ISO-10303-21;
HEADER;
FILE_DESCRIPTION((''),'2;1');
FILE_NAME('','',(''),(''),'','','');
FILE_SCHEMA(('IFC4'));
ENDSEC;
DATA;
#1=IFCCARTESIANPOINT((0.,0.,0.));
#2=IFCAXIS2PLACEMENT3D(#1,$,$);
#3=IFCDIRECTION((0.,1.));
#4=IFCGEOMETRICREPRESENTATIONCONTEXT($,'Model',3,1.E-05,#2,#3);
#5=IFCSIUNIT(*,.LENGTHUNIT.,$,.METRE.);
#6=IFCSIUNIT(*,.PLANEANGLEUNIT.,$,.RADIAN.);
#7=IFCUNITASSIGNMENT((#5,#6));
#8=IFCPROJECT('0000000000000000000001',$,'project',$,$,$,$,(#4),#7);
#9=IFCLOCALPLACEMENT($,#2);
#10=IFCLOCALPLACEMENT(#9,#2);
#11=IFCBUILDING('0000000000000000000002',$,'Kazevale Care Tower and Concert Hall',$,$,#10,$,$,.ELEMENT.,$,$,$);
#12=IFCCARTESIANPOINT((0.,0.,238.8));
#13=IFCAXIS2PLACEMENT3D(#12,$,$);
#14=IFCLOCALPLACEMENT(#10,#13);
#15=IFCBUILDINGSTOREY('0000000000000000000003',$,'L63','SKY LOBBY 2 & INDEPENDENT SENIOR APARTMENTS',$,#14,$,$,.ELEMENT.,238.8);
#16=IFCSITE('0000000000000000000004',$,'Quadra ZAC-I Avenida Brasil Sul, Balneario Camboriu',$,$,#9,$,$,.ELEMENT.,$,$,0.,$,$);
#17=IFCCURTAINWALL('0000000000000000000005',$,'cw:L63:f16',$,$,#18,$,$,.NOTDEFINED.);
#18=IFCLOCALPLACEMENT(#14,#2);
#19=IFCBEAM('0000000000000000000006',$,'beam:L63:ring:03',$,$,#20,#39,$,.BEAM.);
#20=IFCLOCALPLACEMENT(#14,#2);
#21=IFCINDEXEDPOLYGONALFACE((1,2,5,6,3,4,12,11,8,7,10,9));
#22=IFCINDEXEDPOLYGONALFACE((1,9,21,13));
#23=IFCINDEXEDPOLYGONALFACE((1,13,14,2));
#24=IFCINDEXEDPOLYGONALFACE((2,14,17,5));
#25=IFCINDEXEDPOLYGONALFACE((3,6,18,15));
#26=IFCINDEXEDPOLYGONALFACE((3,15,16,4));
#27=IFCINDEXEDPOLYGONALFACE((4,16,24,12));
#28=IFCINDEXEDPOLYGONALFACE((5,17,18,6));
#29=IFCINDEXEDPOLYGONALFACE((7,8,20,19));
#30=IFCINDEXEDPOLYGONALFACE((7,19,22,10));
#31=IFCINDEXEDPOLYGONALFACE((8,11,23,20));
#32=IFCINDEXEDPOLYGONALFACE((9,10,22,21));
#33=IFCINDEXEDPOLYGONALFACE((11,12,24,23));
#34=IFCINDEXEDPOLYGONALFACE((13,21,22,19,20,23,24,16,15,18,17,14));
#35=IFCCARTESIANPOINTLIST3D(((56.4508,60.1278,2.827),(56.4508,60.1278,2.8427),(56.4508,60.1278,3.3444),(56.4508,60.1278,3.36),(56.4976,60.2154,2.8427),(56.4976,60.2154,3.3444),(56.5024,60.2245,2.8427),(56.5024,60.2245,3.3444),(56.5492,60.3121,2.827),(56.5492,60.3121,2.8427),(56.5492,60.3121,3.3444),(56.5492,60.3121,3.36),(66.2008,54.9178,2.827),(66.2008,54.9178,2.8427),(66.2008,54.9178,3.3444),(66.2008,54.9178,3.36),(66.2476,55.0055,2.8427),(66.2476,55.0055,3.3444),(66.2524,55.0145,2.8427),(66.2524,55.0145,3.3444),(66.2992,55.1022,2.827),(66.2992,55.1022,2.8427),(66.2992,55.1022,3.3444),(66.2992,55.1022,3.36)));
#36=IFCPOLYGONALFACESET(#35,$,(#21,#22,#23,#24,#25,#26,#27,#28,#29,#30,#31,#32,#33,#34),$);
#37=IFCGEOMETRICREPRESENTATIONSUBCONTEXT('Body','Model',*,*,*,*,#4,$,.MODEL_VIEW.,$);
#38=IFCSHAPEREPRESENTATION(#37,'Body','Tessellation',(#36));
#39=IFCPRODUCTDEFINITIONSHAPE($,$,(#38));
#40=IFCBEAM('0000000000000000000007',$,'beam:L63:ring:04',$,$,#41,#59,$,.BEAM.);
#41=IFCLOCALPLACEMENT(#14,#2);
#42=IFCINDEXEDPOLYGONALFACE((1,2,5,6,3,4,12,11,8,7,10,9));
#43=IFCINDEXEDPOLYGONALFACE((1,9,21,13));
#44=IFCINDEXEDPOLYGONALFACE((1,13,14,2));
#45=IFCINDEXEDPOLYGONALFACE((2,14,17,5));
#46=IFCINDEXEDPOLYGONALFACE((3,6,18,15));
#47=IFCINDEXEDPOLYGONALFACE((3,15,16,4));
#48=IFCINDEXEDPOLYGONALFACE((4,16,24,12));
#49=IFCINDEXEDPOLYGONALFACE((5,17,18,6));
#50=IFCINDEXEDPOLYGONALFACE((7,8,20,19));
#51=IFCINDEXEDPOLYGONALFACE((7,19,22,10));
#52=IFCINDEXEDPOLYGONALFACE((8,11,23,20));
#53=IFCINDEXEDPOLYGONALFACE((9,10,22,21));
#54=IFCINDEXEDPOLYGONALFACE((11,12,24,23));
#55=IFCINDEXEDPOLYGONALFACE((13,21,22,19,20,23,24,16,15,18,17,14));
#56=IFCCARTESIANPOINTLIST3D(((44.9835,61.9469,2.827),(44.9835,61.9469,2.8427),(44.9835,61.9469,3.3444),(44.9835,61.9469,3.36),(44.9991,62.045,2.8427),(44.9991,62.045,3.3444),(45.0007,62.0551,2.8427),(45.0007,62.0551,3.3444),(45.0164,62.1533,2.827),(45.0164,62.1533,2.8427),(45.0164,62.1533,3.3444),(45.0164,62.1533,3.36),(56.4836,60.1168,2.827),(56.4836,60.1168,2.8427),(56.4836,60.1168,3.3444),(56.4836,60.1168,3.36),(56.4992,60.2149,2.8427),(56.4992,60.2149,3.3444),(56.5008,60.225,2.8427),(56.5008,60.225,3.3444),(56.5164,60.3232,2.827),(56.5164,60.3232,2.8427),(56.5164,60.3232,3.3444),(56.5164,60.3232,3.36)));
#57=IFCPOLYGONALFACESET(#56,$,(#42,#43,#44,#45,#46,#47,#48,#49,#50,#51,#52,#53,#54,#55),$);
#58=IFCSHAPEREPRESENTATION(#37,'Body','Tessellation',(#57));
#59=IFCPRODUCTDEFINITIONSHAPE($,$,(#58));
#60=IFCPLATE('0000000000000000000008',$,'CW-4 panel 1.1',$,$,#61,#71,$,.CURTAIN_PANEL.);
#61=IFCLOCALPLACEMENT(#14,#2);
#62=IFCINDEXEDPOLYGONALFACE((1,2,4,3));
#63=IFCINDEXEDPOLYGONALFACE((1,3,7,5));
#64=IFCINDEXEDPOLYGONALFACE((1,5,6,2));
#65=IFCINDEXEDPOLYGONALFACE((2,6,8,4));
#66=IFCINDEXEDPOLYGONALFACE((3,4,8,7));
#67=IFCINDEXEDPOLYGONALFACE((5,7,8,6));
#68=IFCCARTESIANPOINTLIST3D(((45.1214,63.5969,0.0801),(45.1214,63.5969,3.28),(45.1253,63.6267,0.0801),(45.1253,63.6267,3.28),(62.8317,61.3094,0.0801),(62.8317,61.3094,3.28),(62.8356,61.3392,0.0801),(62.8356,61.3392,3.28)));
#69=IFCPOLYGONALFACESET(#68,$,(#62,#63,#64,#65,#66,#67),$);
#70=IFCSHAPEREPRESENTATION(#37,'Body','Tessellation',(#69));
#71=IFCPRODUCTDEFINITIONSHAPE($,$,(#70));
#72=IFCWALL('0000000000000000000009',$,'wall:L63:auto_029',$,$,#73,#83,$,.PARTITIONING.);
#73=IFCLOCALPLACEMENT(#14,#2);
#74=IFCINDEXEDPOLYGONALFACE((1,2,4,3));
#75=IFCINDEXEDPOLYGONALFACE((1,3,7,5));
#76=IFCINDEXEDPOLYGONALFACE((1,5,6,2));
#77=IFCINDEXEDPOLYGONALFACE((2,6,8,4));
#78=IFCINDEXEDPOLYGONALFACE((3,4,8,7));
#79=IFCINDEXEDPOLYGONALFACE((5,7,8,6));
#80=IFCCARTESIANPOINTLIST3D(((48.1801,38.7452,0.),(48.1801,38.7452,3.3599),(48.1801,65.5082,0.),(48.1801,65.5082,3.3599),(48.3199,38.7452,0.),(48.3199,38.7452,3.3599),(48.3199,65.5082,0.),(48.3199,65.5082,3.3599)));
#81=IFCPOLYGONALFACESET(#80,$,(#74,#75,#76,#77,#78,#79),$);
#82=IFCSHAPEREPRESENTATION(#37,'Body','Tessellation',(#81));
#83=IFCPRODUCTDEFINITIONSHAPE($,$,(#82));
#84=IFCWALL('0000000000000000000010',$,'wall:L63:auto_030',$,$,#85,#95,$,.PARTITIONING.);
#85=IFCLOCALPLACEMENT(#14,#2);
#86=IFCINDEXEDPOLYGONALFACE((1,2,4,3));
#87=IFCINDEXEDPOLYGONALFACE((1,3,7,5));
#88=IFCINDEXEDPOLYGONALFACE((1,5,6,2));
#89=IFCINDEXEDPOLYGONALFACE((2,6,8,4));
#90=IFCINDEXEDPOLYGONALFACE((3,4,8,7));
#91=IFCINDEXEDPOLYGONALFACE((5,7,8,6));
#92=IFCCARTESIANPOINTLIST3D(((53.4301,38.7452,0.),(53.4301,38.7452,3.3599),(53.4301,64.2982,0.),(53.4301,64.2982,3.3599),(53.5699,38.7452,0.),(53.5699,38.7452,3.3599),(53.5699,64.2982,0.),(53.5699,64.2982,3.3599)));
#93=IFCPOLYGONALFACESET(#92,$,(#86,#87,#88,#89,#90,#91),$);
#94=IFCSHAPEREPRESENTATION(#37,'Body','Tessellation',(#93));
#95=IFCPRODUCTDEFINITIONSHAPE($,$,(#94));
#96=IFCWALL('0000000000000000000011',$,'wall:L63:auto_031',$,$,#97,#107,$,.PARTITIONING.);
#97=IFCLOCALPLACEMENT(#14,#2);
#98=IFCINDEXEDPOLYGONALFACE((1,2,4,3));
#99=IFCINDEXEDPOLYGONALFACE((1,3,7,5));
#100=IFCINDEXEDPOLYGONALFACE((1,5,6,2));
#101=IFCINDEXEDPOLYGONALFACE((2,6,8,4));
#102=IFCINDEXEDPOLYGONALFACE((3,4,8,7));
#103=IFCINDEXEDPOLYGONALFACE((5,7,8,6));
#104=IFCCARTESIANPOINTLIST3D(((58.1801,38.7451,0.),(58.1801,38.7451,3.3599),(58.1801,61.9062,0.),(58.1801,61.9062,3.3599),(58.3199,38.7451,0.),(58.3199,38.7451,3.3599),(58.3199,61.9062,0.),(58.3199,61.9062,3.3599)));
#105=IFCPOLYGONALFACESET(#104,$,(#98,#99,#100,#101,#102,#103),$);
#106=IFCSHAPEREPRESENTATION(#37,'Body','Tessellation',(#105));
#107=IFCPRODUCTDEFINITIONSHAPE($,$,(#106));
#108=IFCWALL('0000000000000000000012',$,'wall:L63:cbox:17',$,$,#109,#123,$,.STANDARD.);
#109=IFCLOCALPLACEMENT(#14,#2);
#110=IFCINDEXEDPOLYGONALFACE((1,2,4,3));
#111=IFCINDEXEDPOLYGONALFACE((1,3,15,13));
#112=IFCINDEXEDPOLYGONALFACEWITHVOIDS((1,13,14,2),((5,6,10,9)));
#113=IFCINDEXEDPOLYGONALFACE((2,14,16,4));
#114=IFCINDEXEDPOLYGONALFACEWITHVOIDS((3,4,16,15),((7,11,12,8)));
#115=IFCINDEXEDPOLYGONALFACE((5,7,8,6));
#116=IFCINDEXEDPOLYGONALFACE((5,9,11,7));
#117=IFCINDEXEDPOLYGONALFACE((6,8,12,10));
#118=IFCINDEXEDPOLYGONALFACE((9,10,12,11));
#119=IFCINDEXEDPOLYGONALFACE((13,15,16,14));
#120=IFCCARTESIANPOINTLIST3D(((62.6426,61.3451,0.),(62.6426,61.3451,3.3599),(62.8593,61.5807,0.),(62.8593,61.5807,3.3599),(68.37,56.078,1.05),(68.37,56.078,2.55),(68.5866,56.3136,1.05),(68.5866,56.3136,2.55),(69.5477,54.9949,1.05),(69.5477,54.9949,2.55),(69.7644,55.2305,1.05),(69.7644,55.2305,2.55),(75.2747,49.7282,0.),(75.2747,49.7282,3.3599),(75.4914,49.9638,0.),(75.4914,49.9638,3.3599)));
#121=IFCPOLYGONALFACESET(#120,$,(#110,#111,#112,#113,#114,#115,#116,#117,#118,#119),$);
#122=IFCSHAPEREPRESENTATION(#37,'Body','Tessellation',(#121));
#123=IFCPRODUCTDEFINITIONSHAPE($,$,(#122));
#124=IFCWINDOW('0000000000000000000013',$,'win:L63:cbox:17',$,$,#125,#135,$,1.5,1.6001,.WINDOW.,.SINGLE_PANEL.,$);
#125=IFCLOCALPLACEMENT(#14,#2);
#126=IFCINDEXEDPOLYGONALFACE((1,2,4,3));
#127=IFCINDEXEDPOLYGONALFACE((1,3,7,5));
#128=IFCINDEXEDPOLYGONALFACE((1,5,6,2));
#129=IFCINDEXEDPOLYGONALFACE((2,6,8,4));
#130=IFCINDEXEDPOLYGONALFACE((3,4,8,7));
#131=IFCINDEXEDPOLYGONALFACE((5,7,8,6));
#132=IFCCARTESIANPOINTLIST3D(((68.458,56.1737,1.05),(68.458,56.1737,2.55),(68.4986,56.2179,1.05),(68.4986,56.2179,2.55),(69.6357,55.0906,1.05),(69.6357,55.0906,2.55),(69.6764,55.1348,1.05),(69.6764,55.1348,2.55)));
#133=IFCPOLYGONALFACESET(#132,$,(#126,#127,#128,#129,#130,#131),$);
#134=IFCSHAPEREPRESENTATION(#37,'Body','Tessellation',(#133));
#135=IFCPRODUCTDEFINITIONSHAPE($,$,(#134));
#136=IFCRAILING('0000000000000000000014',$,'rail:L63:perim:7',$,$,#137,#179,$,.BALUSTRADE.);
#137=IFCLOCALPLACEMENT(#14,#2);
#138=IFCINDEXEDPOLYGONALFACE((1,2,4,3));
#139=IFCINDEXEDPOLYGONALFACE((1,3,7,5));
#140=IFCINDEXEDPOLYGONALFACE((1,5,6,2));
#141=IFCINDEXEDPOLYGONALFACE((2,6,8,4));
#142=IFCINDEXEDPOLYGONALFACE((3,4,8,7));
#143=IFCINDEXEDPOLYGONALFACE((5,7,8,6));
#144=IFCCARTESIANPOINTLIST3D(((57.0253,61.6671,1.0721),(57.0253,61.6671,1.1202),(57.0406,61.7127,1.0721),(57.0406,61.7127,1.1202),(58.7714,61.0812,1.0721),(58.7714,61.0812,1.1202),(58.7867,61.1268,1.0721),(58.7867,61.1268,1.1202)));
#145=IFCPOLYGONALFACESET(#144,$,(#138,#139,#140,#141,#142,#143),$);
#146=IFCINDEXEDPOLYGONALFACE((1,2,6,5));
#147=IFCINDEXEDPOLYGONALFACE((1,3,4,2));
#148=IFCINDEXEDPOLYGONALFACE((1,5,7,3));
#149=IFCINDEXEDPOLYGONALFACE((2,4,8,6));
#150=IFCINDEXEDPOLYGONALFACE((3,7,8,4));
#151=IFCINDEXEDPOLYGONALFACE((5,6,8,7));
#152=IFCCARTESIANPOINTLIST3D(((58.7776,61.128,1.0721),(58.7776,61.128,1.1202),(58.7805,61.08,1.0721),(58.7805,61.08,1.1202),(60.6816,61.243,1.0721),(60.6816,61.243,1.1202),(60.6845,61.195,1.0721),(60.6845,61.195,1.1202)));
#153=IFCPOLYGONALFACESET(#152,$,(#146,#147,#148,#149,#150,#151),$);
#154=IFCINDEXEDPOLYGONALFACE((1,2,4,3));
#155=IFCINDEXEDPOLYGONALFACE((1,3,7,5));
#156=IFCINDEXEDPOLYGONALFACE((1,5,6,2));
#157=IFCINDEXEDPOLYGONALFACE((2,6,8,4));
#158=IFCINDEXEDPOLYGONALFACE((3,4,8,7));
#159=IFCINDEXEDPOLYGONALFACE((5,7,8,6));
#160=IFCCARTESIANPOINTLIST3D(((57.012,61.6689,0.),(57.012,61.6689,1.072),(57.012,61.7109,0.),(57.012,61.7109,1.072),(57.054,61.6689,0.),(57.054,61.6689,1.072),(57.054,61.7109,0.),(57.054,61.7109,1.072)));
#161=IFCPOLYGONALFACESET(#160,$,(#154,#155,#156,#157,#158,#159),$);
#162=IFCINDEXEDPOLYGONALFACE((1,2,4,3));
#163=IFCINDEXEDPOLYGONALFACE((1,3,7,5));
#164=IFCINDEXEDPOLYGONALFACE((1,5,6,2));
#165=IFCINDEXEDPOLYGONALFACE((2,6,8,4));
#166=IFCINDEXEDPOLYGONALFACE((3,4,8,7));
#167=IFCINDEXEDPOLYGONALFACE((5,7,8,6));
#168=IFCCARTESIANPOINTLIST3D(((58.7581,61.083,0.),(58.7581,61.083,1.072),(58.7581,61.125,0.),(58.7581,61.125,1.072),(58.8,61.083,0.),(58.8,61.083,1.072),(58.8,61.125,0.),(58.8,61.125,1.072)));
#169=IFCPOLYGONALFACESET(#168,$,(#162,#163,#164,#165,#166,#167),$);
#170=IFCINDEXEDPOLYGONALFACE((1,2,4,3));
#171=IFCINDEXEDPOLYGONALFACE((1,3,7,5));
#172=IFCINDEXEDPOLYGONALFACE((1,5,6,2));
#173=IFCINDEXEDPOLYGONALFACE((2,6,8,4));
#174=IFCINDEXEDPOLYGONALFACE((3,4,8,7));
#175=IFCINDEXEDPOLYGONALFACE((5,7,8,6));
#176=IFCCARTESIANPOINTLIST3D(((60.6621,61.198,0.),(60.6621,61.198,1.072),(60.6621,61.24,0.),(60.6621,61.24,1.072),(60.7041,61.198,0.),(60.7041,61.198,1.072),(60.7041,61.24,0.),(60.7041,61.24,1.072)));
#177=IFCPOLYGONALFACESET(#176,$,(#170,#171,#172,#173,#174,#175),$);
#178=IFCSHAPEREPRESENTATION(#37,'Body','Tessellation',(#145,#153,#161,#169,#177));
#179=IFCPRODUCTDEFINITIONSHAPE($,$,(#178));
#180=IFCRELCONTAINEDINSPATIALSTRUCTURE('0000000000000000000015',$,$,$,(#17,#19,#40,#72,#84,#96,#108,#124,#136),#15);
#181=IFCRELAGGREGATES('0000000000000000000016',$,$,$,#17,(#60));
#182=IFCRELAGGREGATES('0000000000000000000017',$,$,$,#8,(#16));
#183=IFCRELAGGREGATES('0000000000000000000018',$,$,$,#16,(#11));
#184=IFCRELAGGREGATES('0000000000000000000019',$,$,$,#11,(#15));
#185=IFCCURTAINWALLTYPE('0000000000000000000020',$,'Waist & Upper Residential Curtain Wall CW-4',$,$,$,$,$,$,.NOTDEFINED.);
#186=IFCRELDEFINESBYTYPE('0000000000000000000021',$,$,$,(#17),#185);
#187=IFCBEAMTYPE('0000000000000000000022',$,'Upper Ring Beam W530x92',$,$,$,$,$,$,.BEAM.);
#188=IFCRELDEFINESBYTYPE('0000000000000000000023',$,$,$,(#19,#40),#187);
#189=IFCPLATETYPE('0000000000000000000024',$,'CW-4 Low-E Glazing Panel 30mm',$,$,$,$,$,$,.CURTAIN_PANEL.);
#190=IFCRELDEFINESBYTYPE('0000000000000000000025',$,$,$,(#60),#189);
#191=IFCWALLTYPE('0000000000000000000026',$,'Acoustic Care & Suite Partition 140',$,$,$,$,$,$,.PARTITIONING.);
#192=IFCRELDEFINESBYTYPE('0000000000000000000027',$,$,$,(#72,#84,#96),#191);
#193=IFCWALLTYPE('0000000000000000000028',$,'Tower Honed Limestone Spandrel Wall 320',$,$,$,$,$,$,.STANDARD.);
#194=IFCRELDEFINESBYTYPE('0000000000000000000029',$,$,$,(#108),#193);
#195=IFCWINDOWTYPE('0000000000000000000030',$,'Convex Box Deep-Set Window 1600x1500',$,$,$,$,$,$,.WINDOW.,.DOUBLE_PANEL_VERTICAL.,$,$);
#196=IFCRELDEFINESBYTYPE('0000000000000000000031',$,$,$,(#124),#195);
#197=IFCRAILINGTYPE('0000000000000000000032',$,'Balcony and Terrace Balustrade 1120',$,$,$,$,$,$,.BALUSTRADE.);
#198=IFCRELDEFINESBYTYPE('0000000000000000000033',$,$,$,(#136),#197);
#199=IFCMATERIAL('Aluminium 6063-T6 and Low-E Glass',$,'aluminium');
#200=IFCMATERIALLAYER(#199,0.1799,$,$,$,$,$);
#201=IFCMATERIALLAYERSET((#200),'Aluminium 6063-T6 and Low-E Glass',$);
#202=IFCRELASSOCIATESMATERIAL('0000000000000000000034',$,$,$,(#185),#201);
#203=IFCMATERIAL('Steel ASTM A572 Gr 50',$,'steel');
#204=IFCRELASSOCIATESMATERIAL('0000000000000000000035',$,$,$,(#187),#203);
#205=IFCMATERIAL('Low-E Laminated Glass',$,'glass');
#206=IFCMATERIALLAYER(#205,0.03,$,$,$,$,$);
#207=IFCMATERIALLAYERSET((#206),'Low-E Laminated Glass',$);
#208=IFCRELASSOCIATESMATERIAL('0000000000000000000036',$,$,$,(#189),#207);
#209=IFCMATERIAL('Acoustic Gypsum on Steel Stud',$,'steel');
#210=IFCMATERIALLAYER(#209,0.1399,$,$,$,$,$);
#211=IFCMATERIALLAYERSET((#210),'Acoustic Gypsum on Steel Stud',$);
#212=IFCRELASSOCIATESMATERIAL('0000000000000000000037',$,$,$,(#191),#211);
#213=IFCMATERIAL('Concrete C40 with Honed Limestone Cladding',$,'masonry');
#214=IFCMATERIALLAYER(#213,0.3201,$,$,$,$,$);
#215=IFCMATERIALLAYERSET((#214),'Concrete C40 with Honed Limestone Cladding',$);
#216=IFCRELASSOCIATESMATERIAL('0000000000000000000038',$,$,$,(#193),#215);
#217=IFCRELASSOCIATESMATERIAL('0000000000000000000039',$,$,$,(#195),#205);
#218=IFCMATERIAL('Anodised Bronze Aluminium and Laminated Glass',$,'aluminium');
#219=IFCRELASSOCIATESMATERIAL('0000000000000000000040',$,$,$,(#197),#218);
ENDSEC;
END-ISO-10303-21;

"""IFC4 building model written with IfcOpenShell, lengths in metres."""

from ifc_helpers import new_model, si_unit, direction, frame, frame_2d, origin, origin_2d, place, context, subcontext, project, spatial, rectangle, i_section, extrude, material, layer, layer_set, material_profile, profile_set, type_object, element, fill, aggregate, save


model = new_model("IFC4")

# Units and contexts
model_context = context("Model", 3, precision=1e-05, world=origin(), true_north=direction((0.0, 1.0)))
body_context = subcontext(model_context, "Body", "Model", "MODEL_VIEW")
ifc_project = project(units=[si_unit("LENGTHUNIT", "METRE"), si_unit("PLANEANGLEUNIT", "RADIAN")], contexts=[model_context])

# Site, building, storey
site_placement = place(None, origin())
site = spatial("IfcSite", under=ifc_project, at=site_placement, Name="Quadra ZAC-I Avenida Brasil Sul, Balneario Camboriu", CompositionType="ELEMENT", RefElevation=0.0)
building_placement = place(site_placement, origin())
building = spatial("IfcBuilding", under=site, at=building_placement, Name="Kazevale Care Tower and Concert Hall", CompositionType="ELEMENT")
storey_placement = place(building_placement, frame((0.0, 0.0, 238.8)))
storey = spatial("IfcBuildingStorey", under=building, at=storey_placement, Name="L63", Description="SKY LOBBY 2 & INDEPENDENT SENIOR APARTMENTS", CompositionType="ELEMENT", Elevation=238.8)

# Curtain wall
ifc_material_1 = material(Name="Aluminium 6063-T6 and Low-E Glass", Category="aluminium")
ifc_layer_1 = layer(ifc_material_1, 0.1799)
ifc_layer_set_1 = layer_set([ifc_layer_1], Name="Aluminium 6063-T6 and Low-E Glass")
curtain_wall_type = type_object("IfcCurtainWallType", Name="Waist & Upper Residential Curtain Wall CW-4", PredefinedType="NOTDEFINED", material=ifc_layer_set_1)
curtain_wall_1_placement = place(storey_placement, origin())
curtain_wall_1 = element("IfcCurtainWall", 1, at=curtain_wall_1_placement, inside=storey, type_object=curtain_wall_type, Name="cw:L63:f16", PredefinedType="NOTDEFINED")

# Beams
ifc_material_2 = material(Name="Steel ASTM A572 Gr 50", Category="steel")
ifc_material_profile_1 = material_profile(ifc_material_2, i_section(OverallWidth=0.209, OverallDepth=0.533, WebThickness=0.0103, FlangeThickness=0.0156, at=origin_2d()), Name="W530x92")
ifc_profile_set_1 = profile_set([ifc_material_profile_1], Name="Steel ASTM A572 Gr 50")
beam_type_1 = type_object("IfcBeamType", Name="Upper Ring Beam W530x92", PredefinedType="BEAM", material=ifc_profile_set_1)
beam_1_placement = place(storey_placement, frame((66.25, 55.01, 3.0935), z_axis=(-0.881979, 0.47129, 0.0), x_axis=(-0.47129, -0.881979, 0.0)))
element("IfcBeam", 2, at=beam_1_placement, inside=storey, type_object=beam_type_1, Name="beam:L63:ring:03", PredefinedType="BEAM", context=body_context, shape_type="SweptSolid", body=[
    extrude(i_section(OverallWidth=0.209, OverallDepth=0.533, WebThickness=0.0103, FlangeThickness=0.0156, at=origin_2d()), origin(), (0.0, 0.0, 1.0), 11.0547),
])
beam_2_placement = place(storey_placement, frame((56.5, 60.22, 3.0935), z_axis=(-0.987573, 0.15716, 0.0), x_axis=(-0.15716, -0.987573, 0.0)))
element("IfcBeam", 3, at=beam_2_placement, inside=storey, type_object=beam_type_1, Name="beam:L63:ring:04", PredefinedType="BEAM", context=body_context, shape_type="SweptSolid", body=[
    extrude(i_section(OverallWidth=0.209, OverallDepth=0.533, WebThickness=0.0103, FlangeThickness=0.0156, at=origin_2d()), origin(), (0.0, 0.0, 1.0), 11.6448),
])

# Plate
ifc_material_3 = material(Name="Low-E Laminated Glass", Category="glass")
ifc_layer_2 = layer(ifc_material_3, 0.03)
ifc_layer_set_2 = layer_set([ifc_layer_2], Name="Low-E Laminated Glass")
plate_type = type_object("IfcPlateType", Name="CW-4 Low-E Glazing Panel 30mm", PredefinedType="CURTAIN_PANEL", material=ifc_layer_set_2)
plate_placement = place(storey_placement, frame((53.9785, 62.468, 0.0801), z_axis=(0.0, 0.0, 1.0), x_axis=(0.991761, -0.128098, 0.0)))
plate = element("IfcPlate", 4, at=plate_placement, type_object=plate_type, Name="CW-4 panel 1.1", PredefinedType="CURTAIN_PANEL", context=body_context, shape_type="SweptSolid", body=[
    extrude(rectangle(XDim=17.8574, YDim=0.03, at=origin_2d()), origin(), (0.0, 0.0, 1.0), 3.2),
])
aggregate(curtain_wall_1, [plate])

# Walls
ifc_material_4 = material(Name="Acoustic Gypsum on Steel Stud", Category="steel")
ifc_layer_3 = layer(ifc_material_4, 0.1399)
ifc_layer_set_3 = layer_set([ifc_layer_3], Name="Acoustic Gypsum on Steel Stud")
wall_type_1 = type_object("IfcWallType", Name="Acoustic Care & Suite Partition 140", PredefinedType="PARTITIONING", material=ifc_layer_set_3)
wall_1_placement = place(storey_placement, frame((48.25, 65.5081, 0.0), z_axis=(0.0, 0.0, 1.0), x_axis=(0.0, -1.0, 0.0)))
element("IfcWall", 5, at=wall_1_placement, inside=storey, type_object=wall_type_1, Name="wall:L63:auto_029", PredefinedType="PARTITIONING", context=body_context, shape_type="SweptSolid", body=[
    extrude(rectangle(XDim=26.7629, YDim=0.1399, at=frame_2d((13.3813, 0.0))), origin(), (0.0, 0.0, 1.0), 3.3599),
])
wall_2_placement = place(storey_placement, frame((53.5, 64.2981, 0.0), z_axis=(0.0, 0.0, 1.0), x_axis=(0.0, -1.0, 0.0)))
element("IfcWall", 6, at=wall_2_placement, inside=storey, type_object=wall_type_1, Name="wall:L63:auto_030", PredefinedType="PARTITIONING", context=body_context, shape_type="SweptSolid", body=[
    extrude(rectangle(XDim=25.553, YDim=0.1399, at=frame_2d((12.7764, 0.0))), origin(), (0.0, 0.0, 1.0), 3.3599),
])
wall_3_placement = place(storey_placement, frame((58.25, 61.9062, 0.0), z_axis=(0.0, 0.0, 1.0), x_axis=(0.0, -1.0, 0.0)))
element("IfcWall", 7, at=wall_3_placement, inside=storey, type_object=wall_type_1, Name="wall:L63:auto_031", PredefinedType="PARTITIONING", context=body_context, shape_type="SweptSolid", body=[
    extrude(rectangle(XDim=23.1611, YDim=0.1399, at=frame_2d((11.5806, 0.0))), origin(), (0.0, 0.0, 1.0), 3.3599),
])

# Wall, opening, window
ifc_material_5 = material(Name="Concrete C40 with Honed Limestone Cladding", Category="masonry")
ifc_layer_4 = layer(ifc_material_5, 0.3201)
ifc_layer_set_4 = layer_set([ifc_layer_4], Name="Concrete C40 with Honed Limestone Cladding")
wall_type_2 = type_object("IfcWallType", Name="Tower Honed Limestone Spandrel Wall 320", PredefinedType="STANDARD", material=ifc_layer_set_4)
wall_4_placement = place(storey_placement, frame((62.751, 61.4629, 0.0), z_axis=(0.0, 0.0, 1.0), x_axis=(0.736064, -0.676912, 0.0)))
wall_4 = element("IfcWall", 8, at=wall_4_placement, inside=storey, type_object=wall_type_2, Name="wall:L63:cbox:17", PredefinedType="STANDARD", context=body_context, shape_type="SweptSolid", body=[
    extrude(rectangle(XDim=17.1616, YDim=0.3201, at=frame_2d((8.5808, 0.0))), origin(), (0.0, 0.0, 1.0), 3.3599),
])
opening_placement = place(wall_4_placement, frame((7.781, 0.0, 1.05)))
opening = element("IfcOpeningElement", 9, at=opening_placement, cuts=wall_4, PredefinedType="OPENING", context=body_context, shape_type="SweptSolid", body=[
    extrude(rectangle(XDim=1.6001, YDim=1.5, at=frame_2d((0.8, 0.75))), frame((0.0, 0.1699, 0.0), z_axis=(0.0, -1.0, 0.0), x_axis=(1.0, 0.0, 0.0)), (0.0, 0.0, 1.0), 0.3401),
])
window_type = type_object("IfcWindowType", Name="Convex Box Deep-Set Window 1600x1500", PartitioningType="DOUBLE_PANEL_VERTICAL", PredefinedType="WINDOW", material=ifc_material_3)
window_placement = place(opening_placement, origin())
window = element("IfcWindow", 10, at=window_placement, inside=storey, type_object=window_type, Name="win:L63:cbox:17", OverallHeight=1.5, OverallWidth=1.6001, PartitioningType="SINGLE_PANEL", PredefinedType="WINDOW", context=body_context, shape_type="SweptSolid", body=[
    extrude(rectangle(XDim=1.6001, YDim=1.5, at=frame_2d((0.8, 0.75))), frame((0.0, 0.03, 0.0), z_axis=(0.0, -1.0, 0.0), x_axis=(1.0, 0.0, 0.0)), (0.0, 0.0, 1.0), 0.0601),
])
fill(opening, window)

# Railing
ifc_material_6 = material(Name="Anodised Bronze Aluminium and Laminated Glass", Category="aluminium")
railing_type = type_object("IfcRailingType", Name="Balcony and Terrace Balustrade 1120", PredefinedType="BALUSTRADE", material=ifc_material_6)
railing_1_placement = place(storey_placement, frame((57.033, 61.6899, 0.0)))
element("IfcRailing", 11, at=railing_1_placement, inside=storey, type_object=railing_type, Name="rail:L63:perim:7", PredefinedType="BALUSTRADE", context=body_context, shape_type="SweptSolid", body=[
    extrude(rectangle(XDim=0.0481, YDim=0.0481, at=origin_2d()), frame((0.0, 0.0, 1.0962), z_axis=(0.948045, -0.318136, 0.0), x_axis=(0.318136, 0.948045, 0.0)), (0.0, 0.0, 1.0), 1.8418),
    extrude(rectangle(XDim=0.0481, YDim=0.0481, at=origin_2d()), frame((1.7461, -0.5859, 1.0962), z_axis=(0.998181, 0.060283, 0.0), x_axis=(-0.060283, 0.998181, 0.0)), (0.0, 0.0, 1.0), 1.9075),
    extrude(rectangle(XDim=0.042, YDim=0.042, at=origin_2d()), origin(), (0.0, 0.0, 1.0), 1.072),
    extrude(rectangle(XDim=0.042, YDim=0.042, at=origin_2d()), frame((1.7461, -0.5859, 0.0)), (0.0, 0.0, 1.0), 1.072),
    extrude(rectangle(XDim=0.042, YDim=0.042, at=origin_2d()), frame((3.6501, -0.4709, 0.0)), (0.0, 0.0, 1.0), 1.072),
])

save(model, "model.ifc")
